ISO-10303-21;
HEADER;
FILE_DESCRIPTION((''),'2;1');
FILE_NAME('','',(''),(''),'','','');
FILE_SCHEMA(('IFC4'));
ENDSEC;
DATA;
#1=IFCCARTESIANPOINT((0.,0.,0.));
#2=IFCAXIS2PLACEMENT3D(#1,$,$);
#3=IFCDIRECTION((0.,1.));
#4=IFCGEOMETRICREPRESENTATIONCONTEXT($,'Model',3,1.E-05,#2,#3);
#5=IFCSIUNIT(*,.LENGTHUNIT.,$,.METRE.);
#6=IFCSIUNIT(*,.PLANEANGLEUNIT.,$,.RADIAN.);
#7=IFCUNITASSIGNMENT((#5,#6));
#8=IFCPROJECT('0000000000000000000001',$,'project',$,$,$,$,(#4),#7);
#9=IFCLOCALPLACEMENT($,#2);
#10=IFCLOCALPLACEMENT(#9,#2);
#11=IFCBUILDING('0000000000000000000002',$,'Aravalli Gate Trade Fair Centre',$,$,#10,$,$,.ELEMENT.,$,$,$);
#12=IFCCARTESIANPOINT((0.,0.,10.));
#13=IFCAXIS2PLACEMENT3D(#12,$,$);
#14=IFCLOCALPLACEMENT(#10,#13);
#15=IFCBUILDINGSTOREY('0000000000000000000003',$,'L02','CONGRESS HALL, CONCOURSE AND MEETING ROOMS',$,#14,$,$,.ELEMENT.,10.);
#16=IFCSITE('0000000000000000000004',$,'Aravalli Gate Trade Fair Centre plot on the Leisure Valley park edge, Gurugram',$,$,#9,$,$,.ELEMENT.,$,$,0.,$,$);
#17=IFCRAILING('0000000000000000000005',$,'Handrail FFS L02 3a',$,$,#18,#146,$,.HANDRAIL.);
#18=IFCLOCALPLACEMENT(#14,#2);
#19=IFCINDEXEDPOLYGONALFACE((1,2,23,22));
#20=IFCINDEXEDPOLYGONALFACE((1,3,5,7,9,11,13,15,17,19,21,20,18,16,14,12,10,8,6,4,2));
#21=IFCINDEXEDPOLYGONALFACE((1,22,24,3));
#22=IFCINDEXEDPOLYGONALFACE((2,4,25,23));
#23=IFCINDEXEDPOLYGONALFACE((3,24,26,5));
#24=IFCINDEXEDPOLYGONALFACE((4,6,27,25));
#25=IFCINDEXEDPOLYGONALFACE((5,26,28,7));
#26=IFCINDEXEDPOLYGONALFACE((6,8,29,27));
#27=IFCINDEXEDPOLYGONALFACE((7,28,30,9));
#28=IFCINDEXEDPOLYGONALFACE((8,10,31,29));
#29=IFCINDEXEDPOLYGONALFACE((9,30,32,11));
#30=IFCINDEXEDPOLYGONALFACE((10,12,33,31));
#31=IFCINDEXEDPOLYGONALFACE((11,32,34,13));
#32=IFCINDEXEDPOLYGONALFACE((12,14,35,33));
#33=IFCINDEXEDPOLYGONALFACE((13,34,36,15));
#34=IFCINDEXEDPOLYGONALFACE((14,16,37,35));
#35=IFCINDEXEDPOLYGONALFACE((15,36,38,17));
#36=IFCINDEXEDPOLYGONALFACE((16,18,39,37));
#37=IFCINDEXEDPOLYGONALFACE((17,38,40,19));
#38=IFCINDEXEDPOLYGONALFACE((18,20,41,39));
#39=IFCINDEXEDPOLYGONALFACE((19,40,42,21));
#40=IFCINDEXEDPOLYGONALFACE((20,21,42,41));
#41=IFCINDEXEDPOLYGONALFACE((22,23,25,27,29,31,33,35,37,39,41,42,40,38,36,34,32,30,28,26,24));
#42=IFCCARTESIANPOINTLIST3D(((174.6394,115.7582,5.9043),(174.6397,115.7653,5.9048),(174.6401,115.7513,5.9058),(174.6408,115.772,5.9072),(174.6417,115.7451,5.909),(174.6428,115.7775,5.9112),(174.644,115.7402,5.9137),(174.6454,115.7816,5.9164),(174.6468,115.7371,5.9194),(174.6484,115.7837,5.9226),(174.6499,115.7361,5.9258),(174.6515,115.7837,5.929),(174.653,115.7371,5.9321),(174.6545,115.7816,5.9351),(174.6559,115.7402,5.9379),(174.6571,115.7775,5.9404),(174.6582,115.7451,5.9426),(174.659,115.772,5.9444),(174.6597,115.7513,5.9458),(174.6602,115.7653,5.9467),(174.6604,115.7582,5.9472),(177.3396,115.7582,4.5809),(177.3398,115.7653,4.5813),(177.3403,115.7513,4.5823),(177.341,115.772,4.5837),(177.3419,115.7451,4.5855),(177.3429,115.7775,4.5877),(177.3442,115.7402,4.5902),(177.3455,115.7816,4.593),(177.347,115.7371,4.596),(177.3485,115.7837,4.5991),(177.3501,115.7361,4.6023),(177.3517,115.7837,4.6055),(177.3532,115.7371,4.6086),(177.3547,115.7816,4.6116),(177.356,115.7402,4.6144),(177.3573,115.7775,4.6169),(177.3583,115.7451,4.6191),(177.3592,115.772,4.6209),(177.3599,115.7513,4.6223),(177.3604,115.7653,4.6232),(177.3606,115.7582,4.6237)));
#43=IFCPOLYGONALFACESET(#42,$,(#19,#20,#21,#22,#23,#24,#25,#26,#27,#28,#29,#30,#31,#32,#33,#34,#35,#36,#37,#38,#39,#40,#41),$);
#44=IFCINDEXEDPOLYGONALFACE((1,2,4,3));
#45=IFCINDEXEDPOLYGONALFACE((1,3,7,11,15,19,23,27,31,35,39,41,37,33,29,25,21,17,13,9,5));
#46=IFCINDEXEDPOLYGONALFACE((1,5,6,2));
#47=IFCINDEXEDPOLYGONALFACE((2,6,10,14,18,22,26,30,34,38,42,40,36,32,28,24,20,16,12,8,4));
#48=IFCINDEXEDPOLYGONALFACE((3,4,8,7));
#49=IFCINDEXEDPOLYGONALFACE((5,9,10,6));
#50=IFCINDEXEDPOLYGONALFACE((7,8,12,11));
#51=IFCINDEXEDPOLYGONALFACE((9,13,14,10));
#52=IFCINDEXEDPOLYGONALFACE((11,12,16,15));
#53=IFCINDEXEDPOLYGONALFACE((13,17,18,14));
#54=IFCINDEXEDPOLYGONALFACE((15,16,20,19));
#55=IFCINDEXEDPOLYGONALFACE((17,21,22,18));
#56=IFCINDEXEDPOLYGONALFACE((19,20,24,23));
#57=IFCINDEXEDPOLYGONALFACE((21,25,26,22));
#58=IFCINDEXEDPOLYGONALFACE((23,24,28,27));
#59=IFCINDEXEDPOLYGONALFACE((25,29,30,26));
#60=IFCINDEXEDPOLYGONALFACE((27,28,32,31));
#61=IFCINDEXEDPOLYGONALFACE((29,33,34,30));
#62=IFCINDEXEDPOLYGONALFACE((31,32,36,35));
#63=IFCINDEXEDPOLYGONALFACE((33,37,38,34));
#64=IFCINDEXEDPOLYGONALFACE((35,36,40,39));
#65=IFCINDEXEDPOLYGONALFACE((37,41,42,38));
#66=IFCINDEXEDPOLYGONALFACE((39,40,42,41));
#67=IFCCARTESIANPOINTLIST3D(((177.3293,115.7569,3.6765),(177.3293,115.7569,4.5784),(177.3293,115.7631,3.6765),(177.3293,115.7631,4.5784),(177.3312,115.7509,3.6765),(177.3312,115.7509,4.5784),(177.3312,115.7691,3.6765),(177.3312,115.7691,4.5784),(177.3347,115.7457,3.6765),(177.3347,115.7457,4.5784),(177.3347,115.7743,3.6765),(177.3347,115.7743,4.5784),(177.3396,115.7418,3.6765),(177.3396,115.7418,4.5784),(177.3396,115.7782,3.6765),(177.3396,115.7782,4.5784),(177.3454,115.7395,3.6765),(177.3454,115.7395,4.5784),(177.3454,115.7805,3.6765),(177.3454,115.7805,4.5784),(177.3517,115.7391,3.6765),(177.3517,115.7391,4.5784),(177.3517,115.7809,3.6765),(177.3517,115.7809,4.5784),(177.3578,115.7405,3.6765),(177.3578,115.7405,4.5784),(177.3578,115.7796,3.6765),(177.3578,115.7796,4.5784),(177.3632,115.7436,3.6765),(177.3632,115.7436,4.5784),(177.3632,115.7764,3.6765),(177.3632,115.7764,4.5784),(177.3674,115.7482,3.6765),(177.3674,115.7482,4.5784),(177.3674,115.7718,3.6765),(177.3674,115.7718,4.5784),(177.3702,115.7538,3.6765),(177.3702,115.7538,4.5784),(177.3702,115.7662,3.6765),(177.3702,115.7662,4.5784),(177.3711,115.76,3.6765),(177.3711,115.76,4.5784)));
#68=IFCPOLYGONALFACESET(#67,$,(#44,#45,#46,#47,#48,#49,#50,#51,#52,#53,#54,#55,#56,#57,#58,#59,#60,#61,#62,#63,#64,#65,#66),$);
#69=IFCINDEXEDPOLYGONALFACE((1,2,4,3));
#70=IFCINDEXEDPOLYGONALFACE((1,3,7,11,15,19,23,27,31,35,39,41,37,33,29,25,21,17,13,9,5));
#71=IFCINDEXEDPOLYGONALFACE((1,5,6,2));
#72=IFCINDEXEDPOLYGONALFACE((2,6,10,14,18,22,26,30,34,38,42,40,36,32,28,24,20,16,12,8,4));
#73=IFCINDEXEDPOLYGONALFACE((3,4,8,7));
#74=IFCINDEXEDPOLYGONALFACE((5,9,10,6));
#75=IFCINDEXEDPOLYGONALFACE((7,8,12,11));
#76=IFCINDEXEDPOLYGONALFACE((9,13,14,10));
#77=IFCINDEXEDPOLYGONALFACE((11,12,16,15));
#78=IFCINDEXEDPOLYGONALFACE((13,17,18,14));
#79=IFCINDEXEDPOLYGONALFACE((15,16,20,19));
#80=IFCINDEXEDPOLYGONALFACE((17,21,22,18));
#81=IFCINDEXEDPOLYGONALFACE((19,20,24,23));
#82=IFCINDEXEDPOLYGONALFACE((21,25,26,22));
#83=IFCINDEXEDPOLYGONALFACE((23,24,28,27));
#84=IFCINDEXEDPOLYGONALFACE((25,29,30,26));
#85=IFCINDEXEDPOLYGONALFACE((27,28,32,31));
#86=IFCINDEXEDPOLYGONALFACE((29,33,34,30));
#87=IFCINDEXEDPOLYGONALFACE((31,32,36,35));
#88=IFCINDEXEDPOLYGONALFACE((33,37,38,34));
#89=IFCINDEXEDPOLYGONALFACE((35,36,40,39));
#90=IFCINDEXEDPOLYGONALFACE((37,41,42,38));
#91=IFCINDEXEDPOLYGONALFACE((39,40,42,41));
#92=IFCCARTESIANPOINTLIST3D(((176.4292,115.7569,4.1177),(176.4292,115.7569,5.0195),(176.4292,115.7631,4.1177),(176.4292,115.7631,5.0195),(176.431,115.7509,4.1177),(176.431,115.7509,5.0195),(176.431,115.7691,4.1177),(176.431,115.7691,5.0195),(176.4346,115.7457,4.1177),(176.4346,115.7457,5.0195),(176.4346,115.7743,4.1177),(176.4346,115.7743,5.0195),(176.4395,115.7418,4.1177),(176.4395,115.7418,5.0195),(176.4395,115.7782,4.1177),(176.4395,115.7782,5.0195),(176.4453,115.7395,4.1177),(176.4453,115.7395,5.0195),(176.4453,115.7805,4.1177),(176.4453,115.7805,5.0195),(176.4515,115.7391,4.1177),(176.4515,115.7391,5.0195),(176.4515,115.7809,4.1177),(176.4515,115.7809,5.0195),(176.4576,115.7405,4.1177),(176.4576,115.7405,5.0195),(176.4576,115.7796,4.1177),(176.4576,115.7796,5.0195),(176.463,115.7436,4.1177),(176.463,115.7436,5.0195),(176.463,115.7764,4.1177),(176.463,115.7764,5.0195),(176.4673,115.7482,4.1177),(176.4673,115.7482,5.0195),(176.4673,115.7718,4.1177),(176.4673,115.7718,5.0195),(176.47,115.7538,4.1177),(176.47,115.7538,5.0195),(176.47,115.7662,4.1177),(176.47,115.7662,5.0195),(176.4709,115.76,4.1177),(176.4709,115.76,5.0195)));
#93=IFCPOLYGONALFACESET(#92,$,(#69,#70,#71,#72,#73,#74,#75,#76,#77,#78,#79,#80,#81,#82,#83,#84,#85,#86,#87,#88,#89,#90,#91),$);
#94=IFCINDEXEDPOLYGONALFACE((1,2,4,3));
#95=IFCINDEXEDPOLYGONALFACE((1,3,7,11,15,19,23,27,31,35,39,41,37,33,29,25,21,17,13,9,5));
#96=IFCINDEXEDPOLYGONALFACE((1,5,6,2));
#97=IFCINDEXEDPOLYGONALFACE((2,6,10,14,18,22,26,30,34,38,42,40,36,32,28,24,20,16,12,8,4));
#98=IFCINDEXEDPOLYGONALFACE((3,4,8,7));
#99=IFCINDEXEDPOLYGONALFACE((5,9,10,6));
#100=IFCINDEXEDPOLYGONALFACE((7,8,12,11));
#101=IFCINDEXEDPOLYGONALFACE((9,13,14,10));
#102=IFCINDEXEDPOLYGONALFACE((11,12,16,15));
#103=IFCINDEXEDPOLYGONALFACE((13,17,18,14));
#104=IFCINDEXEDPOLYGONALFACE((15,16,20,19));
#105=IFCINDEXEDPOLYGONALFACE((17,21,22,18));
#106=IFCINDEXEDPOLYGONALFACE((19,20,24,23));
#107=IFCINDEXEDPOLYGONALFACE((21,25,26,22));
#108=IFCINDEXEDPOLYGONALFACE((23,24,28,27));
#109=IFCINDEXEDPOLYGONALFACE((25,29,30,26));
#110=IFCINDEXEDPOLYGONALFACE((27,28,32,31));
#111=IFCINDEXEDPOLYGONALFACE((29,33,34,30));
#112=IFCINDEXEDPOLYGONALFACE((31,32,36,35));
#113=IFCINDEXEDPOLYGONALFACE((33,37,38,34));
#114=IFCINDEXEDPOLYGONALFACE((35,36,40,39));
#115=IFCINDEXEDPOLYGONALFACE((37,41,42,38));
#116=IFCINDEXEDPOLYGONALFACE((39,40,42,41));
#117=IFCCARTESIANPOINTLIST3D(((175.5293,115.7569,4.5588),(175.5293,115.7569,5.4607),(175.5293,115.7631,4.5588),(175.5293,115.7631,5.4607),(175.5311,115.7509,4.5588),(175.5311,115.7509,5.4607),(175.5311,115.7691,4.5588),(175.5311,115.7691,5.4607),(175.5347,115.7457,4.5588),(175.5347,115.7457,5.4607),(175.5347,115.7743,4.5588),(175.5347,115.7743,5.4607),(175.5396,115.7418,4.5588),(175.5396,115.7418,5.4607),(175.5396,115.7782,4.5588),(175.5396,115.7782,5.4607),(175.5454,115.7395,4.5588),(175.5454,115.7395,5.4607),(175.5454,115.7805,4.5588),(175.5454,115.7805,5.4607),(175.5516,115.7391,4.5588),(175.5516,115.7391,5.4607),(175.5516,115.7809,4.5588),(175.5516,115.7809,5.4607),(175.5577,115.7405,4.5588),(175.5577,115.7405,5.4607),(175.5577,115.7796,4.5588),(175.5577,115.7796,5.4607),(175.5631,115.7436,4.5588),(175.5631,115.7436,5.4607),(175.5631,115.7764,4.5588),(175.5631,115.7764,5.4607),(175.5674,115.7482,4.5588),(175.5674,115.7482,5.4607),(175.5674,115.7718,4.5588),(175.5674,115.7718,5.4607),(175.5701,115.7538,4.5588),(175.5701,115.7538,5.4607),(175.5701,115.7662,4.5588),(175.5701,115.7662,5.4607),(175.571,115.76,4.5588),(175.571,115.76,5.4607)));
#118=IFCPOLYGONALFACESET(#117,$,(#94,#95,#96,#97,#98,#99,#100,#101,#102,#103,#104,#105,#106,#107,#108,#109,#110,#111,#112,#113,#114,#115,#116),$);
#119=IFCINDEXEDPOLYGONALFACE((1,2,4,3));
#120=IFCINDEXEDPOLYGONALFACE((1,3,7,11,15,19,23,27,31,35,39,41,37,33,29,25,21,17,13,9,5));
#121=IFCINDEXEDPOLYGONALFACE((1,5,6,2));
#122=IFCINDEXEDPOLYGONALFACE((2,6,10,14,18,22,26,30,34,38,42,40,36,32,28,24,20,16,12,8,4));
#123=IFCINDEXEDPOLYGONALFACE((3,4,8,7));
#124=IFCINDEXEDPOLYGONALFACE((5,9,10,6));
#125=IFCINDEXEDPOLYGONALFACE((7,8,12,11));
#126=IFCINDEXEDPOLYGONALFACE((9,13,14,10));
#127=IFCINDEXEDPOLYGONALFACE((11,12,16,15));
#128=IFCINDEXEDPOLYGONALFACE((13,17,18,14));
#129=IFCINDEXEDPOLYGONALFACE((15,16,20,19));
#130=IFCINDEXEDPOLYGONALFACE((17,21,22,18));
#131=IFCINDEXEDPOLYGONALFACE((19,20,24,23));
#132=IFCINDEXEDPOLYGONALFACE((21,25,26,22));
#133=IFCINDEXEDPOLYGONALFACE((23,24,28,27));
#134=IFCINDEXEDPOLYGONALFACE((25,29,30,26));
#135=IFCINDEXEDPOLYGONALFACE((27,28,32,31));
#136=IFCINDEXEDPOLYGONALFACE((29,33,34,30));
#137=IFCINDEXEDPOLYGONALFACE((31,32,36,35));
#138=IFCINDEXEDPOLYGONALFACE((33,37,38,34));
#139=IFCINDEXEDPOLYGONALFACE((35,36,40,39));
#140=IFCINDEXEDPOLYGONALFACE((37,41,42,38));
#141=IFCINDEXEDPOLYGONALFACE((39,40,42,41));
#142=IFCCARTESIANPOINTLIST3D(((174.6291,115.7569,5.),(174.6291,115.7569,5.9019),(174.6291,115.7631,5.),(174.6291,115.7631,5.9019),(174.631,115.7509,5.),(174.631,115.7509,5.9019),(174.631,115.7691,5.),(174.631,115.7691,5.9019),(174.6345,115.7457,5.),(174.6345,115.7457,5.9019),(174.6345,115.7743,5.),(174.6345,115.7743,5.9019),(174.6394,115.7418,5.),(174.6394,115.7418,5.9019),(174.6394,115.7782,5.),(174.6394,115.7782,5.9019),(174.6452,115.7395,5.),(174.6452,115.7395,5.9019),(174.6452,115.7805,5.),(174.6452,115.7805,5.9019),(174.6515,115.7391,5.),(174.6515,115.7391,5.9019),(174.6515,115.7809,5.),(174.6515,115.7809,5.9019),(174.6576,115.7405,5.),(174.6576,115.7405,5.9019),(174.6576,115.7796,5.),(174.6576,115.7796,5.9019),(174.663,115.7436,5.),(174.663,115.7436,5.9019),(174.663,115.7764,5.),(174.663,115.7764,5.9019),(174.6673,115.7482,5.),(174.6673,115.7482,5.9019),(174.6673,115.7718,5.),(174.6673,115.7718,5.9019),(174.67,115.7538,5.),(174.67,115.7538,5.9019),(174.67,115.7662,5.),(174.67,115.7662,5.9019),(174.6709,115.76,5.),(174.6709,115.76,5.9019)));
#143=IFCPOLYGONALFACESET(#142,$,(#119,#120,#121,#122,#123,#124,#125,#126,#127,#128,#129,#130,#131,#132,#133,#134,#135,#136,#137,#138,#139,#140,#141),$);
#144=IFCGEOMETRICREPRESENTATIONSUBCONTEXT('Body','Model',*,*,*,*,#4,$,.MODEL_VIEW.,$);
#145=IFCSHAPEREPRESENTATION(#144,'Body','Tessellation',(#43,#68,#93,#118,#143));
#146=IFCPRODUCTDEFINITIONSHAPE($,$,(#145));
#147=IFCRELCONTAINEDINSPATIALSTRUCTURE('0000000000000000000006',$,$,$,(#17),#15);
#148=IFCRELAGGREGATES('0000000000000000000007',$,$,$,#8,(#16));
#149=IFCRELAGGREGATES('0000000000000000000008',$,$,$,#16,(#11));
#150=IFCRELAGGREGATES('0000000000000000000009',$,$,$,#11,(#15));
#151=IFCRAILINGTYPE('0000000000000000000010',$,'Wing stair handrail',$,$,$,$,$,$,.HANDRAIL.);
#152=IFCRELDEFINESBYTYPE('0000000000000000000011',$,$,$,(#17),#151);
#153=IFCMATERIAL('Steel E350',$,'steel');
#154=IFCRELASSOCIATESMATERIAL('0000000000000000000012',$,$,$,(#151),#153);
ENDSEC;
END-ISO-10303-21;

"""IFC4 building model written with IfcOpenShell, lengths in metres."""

from ifc_helpers import new_model, si_unit, direction, frame, origin, origin_2d, place, context, subcontext, project, spatial, circle, extrude, material, type_object, element, save


model = new_model("IFC4")

# Units and contexts
model_context = context("Model", 3, precision=1e-05, world=origin(), true_north=direction((0.0, 1.0)))
body_context = subcontext(model_context, "Body", "Model", "MODEL_VIEW")
ifc_project = project(units=[si_unit("LENGTHUNIT", "METRE"), si_unit("PLANEANGLEUNIT", "RADIAN")], contexts=[model_context])

# Site, building, storey
site_placement = place(None, origin())
site = spatial("IfcSite", under=ifc_project, at=site_placement, Name="Aravalli Gate Trade Fair Centre plot on the Leisure Valley park edge, Gurugram", CompositionType="ELEMENT", RefElevation=0.0)
building_placement = place(site_placement, origin())
building = spatial("IfcBuilding", under=site, at=building_placement, Name="Aravalli Gate Trade Fair Centre", CompositionType="ELEMENT")
storey_placement = place(building_placement, frame((0.0, 0.0, 10.0)))
storey = spatial("IfcBuildingStorey", under=building, at=storey_placement, Name="L02", Description="CONGRESS HALL, CONCOURSE AND MEETING ROOMS", CompositionType="ELEMENT", Elevation=10.0)

# Railing
ifc_material_1 = material(Name="Steel E350", Category="steel")
railing_type = type_object("IfcRailingType", Name="Wing stair handrail", PredefinedType="HANDRAIL", material=ifc_material_1)
railing_1_placement = place(storey_placement, frame((177.3501, 115.76, 3.6765)))
element("IfcRailing", 1, at=railing_1_placement, inside=storey, type_object=railing_type, Name="Handrail FFS L02 3a", PredefinedType="HANDRAIL", context=body_context, shape_type="SweptSolid", body=[
    extrude(circle(Radius=0.0239, at=origin_2d()), frame((0.0, 0.0, 0.9258), z_axis=(-0.897939, 0.0, 0.44012), x_axis=(0.0, -1.0, 0.0)), (0.0, 0.0, 1.0), 3.0071),
    extrude(circle(Radius=0.021, at=origin_2d()), origin(), (0.0, 0.0, 1.0), 0.9019),
    extrude(circle(Radius=0.021, at=origin_2d()), frame((-0.9001, 0.0, 0.4412)), (0.0, 0.0, 1.0), 0.9019),
    extrude(circle(Radius=0.021, at=origin_2d()), frame((-1.8, 0.0, 0.8823)), (0.0, 0.0, 1.0), 0.9019),
    extrude(circle(Radius=0.021, at=origin_2d()), frame((-2.7002, 0.0, 1.3235)), (0.0, 0.0, 1.0), 0.9019),
])

save(model, "model.ifc")
